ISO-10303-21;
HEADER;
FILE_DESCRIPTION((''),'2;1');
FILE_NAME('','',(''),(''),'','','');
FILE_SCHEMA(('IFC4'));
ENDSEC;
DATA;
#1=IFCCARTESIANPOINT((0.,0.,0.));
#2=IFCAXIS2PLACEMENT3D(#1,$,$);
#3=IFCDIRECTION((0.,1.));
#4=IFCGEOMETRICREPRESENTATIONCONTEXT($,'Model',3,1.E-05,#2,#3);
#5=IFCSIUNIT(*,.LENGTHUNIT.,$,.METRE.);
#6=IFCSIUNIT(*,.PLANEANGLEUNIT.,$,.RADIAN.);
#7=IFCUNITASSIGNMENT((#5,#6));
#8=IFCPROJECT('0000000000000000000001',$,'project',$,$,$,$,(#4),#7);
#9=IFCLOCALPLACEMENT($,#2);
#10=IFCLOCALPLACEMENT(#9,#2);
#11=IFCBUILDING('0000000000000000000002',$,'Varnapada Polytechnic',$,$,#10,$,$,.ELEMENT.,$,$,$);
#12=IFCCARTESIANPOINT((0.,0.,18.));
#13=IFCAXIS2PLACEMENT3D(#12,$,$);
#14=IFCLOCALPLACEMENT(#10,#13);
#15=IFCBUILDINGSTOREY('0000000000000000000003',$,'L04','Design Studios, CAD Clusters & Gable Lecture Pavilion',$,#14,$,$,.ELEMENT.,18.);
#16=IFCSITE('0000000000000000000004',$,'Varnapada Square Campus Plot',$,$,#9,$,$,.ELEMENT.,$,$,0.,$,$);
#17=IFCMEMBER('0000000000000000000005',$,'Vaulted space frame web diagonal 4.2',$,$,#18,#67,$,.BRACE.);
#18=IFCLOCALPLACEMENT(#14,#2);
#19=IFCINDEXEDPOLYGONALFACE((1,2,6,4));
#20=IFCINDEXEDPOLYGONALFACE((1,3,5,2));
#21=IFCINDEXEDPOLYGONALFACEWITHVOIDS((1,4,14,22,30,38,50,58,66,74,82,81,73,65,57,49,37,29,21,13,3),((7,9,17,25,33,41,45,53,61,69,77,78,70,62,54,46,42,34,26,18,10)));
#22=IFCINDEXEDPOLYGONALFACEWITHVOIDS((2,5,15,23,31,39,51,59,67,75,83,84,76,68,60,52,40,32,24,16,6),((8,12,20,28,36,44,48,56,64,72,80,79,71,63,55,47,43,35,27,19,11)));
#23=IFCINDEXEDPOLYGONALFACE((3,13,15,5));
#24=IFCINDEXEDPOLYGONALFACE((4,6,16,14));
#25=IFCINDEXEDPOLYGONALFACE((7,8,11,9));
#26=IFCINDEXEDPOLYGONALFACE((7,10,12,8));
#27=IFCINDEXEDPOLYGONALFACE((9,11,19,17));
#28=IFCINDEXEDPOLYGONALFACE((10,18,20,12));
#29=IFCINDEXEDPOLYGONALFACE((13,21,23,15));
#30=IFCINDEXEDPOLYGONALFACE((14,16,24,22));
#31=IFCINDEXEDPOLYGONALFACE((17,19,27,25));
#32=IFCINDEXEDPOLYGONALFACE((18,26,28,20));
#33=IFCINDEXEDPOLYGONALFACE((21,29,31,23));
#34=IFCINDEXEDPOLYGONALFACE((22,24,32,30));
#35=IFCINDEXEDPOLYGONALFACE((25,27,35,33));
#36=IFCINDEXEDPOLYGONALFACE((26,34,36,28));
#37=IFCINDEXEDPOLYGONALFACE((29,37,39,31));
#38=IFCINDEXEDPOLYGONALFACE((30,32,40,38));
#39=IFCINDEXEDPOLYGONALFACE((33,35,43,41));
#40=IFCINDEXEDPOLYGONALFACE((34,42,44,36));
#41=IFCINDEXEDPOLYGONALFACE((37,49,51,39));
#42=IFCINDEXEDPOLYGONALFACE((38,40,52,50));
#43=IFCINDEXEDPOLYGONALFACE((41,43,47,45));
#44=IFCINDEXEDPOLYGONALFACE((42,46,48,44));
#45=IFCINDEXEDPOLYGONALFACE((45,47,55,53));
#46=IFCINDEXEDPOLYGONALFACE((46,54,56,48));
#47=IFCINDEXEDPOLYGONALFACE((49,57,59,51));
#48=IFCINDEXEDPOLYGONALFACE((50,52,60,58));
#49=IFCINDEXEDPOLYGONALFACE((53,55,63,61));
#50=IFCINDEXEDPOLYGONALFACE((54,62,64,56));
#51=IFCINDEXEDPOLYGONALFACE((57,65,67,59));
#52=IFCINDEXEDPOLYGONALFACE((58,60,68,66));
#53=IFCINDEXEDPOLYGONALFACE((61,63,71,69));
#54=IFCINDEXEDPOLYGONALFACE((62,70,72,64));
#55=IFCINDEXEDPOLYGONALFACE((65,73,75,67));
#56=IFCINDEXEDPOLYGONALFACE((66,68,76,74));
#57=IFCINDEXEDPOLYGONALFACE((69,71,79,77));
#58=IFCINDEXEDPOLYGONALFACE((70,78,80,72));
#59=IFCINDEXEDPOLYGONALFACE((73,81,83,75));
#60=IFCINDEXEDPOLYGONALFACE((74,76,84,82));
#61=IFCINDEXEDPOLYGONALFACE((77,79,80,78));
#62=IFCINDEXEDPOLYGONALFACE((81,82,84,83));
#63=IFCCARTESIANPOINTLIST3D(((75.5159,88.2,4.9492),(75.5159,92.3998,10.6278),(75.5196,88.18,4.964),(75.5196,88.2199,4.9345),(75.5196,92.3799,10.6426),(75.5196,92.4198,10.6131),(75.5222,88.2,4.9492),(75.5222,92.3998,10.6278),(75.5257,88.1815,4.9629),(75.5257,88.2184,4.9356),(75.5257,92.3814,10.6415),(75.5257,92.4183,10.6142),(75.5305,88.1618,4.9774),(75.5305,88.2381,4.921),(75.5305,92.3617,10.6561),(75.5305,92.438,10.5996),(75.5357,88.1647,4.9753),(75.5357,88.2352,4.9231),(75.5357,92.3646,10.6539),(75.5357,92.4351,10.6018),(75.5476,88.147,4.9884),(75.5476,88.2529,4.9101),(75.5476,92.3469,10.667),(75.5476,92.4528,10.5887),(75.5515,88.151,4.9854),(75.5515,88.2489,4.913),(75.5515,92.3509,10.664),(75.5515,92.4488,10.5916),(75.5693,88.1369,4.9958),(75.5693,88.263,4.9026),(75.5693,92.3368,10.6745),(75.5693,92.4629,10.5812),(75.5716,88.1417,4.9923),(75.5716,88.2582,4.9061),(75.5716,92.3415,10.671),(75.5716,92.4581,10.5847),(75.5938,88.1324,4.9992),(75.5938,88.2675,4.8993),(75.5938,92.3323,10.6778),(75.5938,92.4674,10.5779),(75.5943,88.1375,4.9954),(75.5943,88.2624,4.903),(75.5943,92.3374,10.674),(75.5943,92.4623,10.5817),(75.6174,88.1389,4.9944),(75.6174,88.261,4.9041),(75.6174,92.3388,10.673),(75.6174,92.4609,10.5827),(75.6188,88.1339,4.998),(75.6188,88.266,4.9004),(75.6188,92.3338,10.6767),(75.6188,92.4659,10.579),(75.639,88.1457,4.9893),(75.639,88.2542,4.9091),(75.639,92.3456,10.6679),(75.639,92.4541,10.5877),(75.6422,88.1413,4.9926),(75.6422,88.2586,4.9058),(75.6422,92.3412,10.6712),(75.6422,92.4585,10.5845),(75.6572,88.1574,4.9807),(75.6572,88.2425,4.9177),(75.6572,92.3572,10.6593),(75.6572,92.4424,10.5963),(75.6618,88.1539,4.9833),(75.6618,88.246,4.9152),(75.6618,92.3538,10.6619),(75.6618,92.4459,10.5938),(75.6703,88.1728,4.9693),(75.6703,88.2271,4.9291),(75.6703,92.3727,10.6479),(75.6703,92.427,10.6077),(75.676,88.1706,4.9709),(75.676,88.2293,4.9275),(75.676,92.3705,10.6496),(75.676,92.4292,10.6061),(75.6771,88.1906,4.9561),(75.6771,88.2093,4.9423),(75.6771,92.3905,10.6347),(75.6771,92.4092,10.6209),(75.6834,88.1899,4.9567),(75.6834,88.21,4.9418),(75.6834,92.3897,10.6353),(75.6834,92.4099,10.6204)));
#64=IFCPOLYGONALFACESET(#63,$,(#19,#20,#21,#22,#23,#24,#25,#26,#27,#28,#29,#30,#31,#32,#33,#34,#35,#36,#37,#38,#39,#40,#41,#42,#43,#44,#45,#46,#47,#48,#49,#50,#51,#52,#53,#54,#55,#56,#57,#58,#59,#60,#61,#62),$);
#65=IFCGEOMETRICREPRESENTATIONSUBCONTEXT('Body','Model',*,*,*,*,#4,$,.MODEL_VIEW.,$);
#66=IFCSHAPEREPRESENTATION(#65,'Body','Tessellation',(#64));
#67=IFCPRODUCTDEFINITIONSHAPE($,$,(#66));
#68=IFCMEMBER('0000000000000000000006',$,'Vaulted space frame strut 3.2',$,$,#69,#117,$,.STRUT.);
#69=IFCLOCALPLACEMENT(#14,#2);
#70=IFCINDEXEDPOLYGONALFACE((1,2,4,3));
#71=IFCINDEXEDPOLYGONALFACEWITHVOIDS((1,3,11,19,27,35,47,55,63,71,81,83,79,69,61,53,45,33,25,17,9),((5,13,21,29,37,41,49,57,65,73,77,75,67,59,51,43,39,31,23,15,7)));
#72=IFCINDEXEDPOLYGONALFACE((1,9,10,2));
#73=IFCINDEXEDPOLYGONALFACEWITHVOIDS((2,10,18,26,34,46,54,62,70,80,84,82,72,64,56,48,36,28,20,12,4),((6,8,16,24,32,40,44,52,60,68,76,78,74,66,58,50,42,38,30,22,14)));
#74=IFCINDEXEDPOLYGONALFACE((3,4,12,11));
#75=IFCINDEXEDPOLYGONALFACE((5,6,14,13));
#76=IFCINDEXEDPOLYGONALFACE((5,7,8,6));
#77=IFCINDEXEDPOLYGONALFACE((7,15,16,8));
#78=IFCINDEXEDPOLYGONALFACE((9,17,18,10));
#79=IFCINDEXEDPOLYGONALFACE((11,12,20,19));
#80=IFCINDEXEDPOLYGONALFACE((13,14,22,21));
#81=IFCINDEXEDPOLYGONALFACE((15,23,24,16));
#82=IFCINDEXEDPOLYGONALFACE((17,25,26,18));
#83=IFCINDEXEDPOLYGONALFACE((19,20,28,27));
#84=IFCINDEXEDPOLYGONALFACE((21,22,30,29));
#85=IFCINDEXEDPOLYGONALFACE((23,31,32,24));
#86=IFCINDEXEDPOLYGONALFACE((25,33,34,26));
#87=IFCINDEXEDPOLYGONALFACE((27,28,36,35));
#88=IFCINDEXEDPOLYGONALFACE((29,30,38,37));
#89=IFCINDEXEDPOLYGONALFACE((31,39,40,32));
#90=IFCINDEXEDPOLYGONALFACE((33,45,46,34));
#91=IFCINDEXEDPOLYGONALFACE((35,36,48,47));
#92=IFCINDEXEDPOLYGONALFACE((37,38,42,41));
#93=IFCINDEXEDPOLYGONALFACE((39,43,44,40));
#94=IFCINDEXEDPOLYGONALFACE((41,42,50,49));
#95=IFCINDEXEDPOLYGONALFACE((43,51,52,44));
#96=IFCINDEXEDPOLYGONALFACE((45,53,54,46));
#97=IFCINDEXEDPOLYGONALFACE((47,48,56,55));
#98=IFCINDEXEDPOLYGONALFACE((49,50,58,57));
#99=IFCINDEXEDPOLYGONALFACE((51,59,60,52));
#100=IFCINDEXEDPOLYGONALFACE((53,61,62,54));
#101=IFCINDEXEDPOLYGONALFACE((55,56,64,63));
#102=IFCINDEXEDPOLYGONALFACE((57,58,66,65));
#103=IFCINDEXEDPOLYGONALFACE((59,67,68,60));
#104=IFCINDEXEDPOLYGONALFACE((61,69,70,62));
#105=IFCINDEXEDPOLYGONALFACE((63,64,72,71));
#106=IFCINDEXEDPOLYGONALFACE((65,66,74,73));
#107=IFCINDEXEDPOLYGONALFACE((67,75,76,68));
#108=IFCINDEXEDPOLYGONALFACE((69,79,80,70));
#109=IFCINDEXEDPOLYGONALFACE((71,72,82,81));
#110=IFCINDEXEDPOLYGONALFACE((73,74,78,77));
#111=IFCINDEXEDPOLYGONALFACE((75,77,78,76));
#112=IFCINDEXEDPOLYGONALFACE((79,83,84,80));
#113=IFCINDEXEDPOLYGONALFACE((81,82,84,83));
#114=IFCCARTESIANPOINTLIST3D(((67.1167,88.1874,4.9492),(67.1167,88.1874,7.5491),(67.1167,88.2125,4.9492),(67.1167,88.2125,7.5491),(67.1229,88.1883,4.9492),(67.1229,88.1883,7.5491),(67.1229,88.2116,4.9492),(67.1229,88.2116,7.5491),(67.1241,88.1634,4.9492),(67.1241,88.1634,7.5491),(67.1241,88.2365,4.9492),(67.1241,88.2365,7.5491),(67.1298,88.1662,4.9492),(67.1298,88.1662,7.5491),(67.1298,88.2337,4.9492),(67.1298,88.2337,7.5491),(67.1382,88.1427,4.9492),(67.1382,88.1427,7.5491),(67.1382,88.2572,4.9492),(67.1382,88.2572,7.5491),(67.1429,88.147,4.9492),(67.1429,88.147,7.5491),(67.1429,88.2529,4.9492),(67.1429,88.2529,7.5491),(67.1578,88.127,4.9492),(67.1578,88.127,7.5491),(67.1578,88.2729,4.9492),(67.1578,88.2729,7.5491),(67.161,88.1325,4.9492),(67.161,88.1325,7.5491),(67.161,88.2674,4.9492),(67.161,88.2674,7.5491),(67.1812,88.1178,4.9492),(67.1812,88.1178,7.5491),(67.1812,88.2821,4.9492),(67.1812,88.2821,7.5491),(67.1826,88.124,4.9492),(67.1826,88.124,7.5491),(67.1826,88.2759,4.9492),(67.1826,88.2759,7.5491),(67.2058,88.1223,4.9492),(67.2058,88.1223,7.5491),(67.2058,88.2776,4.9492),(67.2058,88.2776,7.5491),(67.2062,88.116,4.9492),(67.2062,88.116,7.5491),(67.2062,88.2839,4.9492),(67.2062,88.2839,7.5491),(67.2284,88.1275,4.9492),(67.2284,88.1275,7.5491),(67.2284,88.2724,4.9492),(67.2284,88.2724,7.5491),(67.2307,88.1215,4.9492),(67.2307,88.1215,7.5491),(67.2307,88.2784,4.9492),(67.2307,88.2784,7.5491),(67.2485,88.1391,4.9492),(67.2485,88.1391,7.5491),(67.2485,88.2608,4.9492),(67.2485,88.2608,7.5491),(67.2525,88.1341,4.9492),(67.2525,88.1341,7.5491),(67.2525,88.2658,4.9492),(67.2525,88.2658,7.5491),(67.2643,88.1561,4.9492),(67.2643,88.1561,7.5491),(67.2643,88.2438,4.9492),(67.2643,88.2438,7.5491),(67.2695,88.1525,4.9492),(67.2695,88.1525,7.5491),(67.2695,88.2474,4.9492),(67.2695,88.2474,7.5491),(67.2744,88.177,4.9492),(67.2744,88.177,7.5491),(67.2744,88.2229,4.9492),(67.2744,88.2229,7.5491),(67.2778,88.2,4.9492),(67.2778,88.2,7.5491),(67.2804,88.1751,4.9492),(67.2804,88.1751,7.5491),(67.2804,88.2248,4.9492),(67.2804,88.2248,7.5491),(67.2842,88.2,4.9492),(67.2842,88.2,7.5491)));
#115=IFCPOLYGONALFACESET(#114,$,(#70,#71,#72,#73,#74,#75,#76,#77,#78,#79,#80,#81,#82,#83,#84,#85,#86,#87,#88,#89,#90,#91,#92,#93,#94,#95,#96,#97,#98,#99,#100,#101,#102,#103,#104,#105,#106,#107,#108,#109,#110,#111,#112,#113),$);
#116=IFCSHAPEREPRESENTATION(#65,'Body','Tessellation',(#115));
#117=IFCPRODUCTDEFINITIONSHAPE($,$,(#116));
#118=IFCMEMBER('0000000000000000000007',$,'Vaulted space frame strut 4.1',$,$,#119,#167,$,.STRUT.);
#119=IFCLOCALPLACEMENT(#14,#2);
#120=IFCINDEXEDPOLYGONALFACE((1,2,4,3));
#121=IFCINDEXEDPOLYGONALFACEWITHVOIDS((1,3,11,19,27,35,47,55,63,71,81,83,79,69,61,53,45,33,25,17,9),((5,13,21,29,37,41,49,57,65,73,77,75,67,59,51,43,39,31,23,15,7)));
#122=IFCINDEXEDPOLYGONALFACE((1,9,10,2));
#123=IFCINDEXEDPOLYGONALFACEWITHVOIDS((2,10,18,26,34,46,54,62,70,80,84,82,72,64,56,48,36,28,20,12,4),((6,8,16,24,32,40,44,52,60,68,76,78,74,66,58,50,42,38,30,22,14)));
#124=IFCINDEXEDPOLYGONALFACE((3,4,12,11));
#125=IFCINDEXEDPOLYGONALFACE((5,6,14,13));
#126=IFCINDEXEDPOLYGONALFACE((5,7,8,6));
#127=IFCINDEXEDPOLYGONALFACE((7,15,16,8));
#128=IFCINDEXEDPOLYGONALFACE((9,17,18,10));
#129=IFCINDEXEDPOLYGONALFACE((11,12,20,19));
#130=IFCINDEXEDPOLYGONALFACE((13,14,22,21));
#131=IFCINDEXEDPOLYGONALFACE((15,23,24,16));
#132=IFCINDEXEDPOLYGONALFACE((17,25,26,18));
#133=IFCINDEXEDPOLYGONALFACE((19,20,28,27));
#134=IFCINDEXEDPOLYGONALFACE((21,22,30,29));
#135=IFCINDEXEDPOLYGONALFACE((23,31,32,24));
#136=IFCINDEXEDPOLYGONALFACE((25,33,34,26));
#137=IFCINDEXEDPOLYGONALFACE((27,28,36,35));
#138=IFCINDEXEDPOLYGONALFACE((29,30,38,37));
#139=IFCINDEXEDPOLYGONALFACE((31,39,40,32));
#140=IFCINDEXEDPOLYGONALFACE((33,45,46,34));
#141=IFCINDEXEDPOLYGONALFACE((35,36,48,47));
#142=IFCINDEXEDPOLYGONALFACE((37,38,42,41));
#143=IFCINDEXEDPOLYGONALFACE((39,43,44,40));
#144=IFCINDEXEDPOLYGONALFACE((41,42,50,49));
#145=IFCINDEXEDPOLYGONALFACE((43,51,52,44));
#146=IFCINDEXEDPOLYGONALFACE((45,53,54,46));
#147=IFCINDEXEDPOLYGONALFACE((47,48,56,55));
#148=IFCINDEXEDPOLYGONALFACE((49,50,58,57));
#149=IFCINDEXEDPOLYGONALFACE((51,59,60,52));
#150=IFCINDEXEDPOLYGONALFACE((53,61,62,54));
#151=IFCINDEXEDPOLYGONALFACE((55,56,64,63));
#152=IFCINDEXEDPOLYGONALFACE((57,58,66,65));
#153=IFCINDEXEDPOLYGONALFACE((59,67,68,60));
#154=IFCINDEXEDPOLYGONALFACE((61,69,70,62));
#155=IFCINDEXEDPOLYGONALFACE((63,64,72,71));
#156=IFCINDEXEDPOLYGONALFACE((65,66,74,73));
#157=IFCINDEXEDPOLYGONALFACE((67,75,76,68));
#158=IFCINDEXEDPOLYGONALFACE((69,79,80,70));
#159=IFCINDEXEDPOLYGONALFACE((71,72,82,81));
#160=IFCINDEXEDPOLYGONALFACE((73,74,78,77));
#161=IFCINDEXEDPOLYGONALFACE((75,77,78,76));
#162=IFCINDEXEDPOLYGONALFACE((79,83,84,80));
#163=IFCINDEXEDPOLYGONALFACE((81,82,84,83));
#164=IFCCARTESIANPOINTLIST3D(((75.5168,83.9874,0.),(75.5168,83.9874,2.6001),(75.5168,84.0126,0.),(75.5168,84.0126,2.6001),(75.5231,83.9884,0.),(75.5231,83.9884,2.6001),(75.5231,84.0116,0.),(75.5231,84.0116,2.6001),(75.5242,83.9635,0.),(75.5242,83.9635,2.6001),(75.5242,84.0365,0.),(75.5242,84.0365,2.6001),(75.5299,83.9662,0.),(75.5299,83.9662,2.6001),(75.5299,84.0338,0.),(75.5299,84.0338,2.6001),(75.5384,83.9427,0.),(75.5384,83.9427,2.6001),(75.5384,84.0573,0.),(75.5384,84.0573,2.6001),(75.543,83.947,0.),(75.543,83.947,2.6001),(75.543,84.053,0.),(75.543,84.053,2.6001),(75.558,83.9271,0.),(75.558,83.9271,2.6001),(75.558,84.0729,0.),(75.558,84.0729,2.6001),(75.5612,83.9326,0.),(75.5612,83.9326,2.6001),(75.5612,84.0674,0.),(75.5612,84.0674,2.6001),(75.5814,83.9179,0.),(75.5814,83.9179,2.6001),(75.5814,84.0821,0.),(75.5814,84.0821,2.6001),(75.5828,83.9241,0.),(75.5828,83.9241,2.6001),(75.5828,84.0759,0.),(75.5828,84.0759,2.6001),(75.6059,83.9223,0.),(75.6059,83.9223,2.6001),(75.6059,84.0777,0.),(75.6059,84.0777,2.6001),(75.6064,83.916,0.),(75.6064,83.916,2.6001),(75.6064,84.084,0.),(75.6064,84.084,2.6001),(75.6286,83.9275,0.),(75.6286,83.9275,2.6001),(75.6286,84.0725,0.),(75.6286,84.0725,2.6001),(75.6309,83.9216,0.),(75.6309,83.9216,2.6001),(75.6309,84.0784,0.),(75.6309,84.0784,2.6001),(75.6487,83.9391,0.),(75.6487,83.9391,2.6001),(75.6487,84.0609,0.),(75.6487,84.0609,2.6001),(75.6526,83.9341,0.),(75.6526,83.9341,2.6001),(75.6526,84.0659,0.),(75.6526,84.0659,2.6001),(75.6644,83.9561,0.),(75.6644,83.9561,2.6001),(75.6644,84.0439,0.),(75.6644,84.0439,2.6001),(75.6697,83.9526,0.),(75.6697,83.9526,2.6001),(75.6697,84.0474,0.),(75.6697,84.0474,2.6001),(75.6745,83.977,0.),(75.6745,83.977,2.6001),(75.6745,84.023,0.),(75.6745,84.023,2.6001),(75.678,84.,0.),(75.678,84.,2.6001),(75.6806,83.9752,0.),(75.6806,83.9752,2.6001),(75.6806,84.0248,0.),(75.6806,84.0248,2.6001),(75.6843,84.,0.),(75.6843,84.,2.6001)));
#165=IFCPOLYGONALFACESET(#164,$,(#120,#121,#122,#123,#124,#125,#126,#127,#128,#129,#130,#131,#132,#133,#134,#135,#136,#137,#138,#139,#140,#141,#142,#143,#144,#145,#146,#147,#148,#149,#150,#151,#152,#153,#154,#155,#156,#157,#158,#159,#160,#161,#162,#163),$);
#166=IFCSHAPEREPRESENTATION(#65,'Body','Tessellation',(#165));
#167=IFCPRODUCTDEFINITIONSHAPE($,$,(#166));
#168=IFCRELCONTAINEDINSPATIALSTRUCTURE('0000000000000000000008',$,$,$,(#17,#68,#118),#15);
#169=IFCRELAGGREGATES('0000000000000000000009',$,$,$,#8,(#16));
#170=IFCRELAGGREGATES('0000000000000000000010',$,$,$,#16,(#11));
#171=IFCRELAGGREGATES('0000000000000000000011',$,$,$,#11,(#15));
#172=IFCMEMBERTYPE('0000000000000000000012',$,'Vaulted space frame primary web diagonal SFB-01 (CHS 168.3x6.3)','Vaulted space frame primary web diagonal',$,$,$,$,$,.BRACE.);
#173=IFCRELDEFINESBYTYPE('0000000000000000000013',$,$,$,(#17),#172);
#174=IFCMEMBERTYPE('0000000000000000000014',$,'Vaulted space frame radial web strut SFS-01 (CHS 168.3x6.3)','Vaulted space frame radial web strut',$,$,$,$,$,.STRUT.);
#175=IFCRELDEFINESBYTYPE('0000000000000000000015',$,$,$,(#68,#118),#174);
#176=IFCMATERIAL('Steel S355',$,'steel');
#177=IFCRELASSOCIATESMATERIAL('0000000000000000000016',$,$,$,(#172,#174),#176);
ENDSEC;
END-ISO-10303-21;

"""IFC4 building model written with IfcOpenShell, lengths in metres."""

from ifc_helpers import new_model, si_unit, direction, frame, origin, origin_2d, place, context, subcontext, project, spatial, hollow_circle, extrude, material, material_profile, profile_set, type_object, element, save


model = new_model("IFC4")

# Units and contexts
model_context = context("Model", 3, precision=1e-05, world=origin(), true_north=direction((0.0, 1.0)))
body_context = subcontext(model_context, "Body", "Model", "MODEL_VIEW")
ifc_project = project(units=[si_unit("LENGTHUNIT", "METRE"), si_unit("PLANEANGLEUNIT", "RADIAN")], contexts=[model_context])

# Site, building, storey
site_placement = place(None, origin())
site = spatial("IfcSite", under=ifc_project, at=site_placement, Name="Varnapada Square Campus Plot", CompositionType="ELEMENT", RefElevation=0.0)
building_placement = place(site_placement, origin())
building = spatial("IfcBuilding", under=site, at=building_placement, Name="Varnapada Polytechnic", CompositionType="ELEMENT")
storey_placement = place(building_placement, frame((0.0, 0.0, 18.0)))
storey = spatial("IfcBuildingStorey", under=building, at=storey_placement, Name="L04", Description="Design Studios, CAD Clusters & Gable Lecture Pavilion", CompositionType="ELEMENT", Elevation=18.0)

# Shared definitions
ifc_material = material(Name="Steel S355", Category="steel")

# Members
ifc_material_profile_1 = material_profile(ifc_material, hollow_circle(Radius=0.0842, WallThickness=0.0063, at=origin_2d()), Name="CHS 168.3x6.3")
ifc_profile_set_1 = profile_set([ifc_material_profile_1], Name="Steel S355")
member_type_1 = type_object("IfcMemberType", Name="Vaulted space frame primary web diagonal SFB-01 (CHS 168.3x6.3)", Description="Vaulted space frame primary web diagonal", PredefinedType="BRACE", material=ifc_profile_set_1)
member_1_placement = place(storey_placement, frame((75.6001, 88.2, 4.9492), z_axis=(0.0, 0.594633, 0.803997), x_axis=(-1.0, 0.0, 0.0)))
element("IfcMember", 1, at=member_1_placement, inside=storey, type_object=member_type_1, Name="Vaulted space frame web diagonal 4.2", PredefinedType="BRACE", context=body_context, shape_type="SweptSolid", body=[
    extrude(hollow_circle(Radius=0.0842, WallThickness=0.0063, at=origin_2d()), origin(), (0.0, 0.0, 1.0), 7.063),
])
ifc_material_profile_2 = material_profile(ifc_material, hollow_circle(Radius=0.0842, WallThickness=0.0063, at=origin_2d()), Name="CHS 168.3x6.3")
ifc_profile_set_2 = profile_set([ifc_material_profile_2], Name="Steel S355")
member_type_2 = type_object("IfcMemberType", Name="Vaulted space frame radial web strut SFS-01 (CHS 168.3x6.3)", Description="Vaulted space frame radial web strut", PredefinedType="STRUT", material=ifc_profile_set_2)
member_2_placement = place(storey_placement, frame((67.2, 88.2, 4.9492), z_axis=(0.0, 0.0, 1.0), x_axis=(1.0, 0.0, 0.0)))
element("IfcMember", 2, at=member_2_placement, inside=storey, type_object=member_type_2, Name="Vaulted space frame strut 3.2", PredefinedType="STRUT", context=body_context, shape_type="SweptSolid", body=[
    extrude(hollow_circle(Radius=0.0842, WallThickness=0.0063, at=origin_2d()), origin(), (0.0, 0.0, 1.0), 2.5999),
])
member_3_placement = place(storey_placement, frame((75.6001, 84.0, 0.0), z_axis=(0.0, 0.0, 1.0), x_axis=(1.0, 0.0, 0.0)))
element("IfcMember", 3, at=member_3_placement, inside=storey, type_object=member_type_2, Name="Vaulted space frame strut 4.1", PredefinedType="STRUT", context=body_context, shape_type="SweptSolid", body=[
    extrude(hollow_circle(Radius=0.0842, WallThickness=0.0063, at=origin_2d()), origin(), (0.0, 0.0, 1.0), 2.6001),
])

save(model, "model.ifc")
